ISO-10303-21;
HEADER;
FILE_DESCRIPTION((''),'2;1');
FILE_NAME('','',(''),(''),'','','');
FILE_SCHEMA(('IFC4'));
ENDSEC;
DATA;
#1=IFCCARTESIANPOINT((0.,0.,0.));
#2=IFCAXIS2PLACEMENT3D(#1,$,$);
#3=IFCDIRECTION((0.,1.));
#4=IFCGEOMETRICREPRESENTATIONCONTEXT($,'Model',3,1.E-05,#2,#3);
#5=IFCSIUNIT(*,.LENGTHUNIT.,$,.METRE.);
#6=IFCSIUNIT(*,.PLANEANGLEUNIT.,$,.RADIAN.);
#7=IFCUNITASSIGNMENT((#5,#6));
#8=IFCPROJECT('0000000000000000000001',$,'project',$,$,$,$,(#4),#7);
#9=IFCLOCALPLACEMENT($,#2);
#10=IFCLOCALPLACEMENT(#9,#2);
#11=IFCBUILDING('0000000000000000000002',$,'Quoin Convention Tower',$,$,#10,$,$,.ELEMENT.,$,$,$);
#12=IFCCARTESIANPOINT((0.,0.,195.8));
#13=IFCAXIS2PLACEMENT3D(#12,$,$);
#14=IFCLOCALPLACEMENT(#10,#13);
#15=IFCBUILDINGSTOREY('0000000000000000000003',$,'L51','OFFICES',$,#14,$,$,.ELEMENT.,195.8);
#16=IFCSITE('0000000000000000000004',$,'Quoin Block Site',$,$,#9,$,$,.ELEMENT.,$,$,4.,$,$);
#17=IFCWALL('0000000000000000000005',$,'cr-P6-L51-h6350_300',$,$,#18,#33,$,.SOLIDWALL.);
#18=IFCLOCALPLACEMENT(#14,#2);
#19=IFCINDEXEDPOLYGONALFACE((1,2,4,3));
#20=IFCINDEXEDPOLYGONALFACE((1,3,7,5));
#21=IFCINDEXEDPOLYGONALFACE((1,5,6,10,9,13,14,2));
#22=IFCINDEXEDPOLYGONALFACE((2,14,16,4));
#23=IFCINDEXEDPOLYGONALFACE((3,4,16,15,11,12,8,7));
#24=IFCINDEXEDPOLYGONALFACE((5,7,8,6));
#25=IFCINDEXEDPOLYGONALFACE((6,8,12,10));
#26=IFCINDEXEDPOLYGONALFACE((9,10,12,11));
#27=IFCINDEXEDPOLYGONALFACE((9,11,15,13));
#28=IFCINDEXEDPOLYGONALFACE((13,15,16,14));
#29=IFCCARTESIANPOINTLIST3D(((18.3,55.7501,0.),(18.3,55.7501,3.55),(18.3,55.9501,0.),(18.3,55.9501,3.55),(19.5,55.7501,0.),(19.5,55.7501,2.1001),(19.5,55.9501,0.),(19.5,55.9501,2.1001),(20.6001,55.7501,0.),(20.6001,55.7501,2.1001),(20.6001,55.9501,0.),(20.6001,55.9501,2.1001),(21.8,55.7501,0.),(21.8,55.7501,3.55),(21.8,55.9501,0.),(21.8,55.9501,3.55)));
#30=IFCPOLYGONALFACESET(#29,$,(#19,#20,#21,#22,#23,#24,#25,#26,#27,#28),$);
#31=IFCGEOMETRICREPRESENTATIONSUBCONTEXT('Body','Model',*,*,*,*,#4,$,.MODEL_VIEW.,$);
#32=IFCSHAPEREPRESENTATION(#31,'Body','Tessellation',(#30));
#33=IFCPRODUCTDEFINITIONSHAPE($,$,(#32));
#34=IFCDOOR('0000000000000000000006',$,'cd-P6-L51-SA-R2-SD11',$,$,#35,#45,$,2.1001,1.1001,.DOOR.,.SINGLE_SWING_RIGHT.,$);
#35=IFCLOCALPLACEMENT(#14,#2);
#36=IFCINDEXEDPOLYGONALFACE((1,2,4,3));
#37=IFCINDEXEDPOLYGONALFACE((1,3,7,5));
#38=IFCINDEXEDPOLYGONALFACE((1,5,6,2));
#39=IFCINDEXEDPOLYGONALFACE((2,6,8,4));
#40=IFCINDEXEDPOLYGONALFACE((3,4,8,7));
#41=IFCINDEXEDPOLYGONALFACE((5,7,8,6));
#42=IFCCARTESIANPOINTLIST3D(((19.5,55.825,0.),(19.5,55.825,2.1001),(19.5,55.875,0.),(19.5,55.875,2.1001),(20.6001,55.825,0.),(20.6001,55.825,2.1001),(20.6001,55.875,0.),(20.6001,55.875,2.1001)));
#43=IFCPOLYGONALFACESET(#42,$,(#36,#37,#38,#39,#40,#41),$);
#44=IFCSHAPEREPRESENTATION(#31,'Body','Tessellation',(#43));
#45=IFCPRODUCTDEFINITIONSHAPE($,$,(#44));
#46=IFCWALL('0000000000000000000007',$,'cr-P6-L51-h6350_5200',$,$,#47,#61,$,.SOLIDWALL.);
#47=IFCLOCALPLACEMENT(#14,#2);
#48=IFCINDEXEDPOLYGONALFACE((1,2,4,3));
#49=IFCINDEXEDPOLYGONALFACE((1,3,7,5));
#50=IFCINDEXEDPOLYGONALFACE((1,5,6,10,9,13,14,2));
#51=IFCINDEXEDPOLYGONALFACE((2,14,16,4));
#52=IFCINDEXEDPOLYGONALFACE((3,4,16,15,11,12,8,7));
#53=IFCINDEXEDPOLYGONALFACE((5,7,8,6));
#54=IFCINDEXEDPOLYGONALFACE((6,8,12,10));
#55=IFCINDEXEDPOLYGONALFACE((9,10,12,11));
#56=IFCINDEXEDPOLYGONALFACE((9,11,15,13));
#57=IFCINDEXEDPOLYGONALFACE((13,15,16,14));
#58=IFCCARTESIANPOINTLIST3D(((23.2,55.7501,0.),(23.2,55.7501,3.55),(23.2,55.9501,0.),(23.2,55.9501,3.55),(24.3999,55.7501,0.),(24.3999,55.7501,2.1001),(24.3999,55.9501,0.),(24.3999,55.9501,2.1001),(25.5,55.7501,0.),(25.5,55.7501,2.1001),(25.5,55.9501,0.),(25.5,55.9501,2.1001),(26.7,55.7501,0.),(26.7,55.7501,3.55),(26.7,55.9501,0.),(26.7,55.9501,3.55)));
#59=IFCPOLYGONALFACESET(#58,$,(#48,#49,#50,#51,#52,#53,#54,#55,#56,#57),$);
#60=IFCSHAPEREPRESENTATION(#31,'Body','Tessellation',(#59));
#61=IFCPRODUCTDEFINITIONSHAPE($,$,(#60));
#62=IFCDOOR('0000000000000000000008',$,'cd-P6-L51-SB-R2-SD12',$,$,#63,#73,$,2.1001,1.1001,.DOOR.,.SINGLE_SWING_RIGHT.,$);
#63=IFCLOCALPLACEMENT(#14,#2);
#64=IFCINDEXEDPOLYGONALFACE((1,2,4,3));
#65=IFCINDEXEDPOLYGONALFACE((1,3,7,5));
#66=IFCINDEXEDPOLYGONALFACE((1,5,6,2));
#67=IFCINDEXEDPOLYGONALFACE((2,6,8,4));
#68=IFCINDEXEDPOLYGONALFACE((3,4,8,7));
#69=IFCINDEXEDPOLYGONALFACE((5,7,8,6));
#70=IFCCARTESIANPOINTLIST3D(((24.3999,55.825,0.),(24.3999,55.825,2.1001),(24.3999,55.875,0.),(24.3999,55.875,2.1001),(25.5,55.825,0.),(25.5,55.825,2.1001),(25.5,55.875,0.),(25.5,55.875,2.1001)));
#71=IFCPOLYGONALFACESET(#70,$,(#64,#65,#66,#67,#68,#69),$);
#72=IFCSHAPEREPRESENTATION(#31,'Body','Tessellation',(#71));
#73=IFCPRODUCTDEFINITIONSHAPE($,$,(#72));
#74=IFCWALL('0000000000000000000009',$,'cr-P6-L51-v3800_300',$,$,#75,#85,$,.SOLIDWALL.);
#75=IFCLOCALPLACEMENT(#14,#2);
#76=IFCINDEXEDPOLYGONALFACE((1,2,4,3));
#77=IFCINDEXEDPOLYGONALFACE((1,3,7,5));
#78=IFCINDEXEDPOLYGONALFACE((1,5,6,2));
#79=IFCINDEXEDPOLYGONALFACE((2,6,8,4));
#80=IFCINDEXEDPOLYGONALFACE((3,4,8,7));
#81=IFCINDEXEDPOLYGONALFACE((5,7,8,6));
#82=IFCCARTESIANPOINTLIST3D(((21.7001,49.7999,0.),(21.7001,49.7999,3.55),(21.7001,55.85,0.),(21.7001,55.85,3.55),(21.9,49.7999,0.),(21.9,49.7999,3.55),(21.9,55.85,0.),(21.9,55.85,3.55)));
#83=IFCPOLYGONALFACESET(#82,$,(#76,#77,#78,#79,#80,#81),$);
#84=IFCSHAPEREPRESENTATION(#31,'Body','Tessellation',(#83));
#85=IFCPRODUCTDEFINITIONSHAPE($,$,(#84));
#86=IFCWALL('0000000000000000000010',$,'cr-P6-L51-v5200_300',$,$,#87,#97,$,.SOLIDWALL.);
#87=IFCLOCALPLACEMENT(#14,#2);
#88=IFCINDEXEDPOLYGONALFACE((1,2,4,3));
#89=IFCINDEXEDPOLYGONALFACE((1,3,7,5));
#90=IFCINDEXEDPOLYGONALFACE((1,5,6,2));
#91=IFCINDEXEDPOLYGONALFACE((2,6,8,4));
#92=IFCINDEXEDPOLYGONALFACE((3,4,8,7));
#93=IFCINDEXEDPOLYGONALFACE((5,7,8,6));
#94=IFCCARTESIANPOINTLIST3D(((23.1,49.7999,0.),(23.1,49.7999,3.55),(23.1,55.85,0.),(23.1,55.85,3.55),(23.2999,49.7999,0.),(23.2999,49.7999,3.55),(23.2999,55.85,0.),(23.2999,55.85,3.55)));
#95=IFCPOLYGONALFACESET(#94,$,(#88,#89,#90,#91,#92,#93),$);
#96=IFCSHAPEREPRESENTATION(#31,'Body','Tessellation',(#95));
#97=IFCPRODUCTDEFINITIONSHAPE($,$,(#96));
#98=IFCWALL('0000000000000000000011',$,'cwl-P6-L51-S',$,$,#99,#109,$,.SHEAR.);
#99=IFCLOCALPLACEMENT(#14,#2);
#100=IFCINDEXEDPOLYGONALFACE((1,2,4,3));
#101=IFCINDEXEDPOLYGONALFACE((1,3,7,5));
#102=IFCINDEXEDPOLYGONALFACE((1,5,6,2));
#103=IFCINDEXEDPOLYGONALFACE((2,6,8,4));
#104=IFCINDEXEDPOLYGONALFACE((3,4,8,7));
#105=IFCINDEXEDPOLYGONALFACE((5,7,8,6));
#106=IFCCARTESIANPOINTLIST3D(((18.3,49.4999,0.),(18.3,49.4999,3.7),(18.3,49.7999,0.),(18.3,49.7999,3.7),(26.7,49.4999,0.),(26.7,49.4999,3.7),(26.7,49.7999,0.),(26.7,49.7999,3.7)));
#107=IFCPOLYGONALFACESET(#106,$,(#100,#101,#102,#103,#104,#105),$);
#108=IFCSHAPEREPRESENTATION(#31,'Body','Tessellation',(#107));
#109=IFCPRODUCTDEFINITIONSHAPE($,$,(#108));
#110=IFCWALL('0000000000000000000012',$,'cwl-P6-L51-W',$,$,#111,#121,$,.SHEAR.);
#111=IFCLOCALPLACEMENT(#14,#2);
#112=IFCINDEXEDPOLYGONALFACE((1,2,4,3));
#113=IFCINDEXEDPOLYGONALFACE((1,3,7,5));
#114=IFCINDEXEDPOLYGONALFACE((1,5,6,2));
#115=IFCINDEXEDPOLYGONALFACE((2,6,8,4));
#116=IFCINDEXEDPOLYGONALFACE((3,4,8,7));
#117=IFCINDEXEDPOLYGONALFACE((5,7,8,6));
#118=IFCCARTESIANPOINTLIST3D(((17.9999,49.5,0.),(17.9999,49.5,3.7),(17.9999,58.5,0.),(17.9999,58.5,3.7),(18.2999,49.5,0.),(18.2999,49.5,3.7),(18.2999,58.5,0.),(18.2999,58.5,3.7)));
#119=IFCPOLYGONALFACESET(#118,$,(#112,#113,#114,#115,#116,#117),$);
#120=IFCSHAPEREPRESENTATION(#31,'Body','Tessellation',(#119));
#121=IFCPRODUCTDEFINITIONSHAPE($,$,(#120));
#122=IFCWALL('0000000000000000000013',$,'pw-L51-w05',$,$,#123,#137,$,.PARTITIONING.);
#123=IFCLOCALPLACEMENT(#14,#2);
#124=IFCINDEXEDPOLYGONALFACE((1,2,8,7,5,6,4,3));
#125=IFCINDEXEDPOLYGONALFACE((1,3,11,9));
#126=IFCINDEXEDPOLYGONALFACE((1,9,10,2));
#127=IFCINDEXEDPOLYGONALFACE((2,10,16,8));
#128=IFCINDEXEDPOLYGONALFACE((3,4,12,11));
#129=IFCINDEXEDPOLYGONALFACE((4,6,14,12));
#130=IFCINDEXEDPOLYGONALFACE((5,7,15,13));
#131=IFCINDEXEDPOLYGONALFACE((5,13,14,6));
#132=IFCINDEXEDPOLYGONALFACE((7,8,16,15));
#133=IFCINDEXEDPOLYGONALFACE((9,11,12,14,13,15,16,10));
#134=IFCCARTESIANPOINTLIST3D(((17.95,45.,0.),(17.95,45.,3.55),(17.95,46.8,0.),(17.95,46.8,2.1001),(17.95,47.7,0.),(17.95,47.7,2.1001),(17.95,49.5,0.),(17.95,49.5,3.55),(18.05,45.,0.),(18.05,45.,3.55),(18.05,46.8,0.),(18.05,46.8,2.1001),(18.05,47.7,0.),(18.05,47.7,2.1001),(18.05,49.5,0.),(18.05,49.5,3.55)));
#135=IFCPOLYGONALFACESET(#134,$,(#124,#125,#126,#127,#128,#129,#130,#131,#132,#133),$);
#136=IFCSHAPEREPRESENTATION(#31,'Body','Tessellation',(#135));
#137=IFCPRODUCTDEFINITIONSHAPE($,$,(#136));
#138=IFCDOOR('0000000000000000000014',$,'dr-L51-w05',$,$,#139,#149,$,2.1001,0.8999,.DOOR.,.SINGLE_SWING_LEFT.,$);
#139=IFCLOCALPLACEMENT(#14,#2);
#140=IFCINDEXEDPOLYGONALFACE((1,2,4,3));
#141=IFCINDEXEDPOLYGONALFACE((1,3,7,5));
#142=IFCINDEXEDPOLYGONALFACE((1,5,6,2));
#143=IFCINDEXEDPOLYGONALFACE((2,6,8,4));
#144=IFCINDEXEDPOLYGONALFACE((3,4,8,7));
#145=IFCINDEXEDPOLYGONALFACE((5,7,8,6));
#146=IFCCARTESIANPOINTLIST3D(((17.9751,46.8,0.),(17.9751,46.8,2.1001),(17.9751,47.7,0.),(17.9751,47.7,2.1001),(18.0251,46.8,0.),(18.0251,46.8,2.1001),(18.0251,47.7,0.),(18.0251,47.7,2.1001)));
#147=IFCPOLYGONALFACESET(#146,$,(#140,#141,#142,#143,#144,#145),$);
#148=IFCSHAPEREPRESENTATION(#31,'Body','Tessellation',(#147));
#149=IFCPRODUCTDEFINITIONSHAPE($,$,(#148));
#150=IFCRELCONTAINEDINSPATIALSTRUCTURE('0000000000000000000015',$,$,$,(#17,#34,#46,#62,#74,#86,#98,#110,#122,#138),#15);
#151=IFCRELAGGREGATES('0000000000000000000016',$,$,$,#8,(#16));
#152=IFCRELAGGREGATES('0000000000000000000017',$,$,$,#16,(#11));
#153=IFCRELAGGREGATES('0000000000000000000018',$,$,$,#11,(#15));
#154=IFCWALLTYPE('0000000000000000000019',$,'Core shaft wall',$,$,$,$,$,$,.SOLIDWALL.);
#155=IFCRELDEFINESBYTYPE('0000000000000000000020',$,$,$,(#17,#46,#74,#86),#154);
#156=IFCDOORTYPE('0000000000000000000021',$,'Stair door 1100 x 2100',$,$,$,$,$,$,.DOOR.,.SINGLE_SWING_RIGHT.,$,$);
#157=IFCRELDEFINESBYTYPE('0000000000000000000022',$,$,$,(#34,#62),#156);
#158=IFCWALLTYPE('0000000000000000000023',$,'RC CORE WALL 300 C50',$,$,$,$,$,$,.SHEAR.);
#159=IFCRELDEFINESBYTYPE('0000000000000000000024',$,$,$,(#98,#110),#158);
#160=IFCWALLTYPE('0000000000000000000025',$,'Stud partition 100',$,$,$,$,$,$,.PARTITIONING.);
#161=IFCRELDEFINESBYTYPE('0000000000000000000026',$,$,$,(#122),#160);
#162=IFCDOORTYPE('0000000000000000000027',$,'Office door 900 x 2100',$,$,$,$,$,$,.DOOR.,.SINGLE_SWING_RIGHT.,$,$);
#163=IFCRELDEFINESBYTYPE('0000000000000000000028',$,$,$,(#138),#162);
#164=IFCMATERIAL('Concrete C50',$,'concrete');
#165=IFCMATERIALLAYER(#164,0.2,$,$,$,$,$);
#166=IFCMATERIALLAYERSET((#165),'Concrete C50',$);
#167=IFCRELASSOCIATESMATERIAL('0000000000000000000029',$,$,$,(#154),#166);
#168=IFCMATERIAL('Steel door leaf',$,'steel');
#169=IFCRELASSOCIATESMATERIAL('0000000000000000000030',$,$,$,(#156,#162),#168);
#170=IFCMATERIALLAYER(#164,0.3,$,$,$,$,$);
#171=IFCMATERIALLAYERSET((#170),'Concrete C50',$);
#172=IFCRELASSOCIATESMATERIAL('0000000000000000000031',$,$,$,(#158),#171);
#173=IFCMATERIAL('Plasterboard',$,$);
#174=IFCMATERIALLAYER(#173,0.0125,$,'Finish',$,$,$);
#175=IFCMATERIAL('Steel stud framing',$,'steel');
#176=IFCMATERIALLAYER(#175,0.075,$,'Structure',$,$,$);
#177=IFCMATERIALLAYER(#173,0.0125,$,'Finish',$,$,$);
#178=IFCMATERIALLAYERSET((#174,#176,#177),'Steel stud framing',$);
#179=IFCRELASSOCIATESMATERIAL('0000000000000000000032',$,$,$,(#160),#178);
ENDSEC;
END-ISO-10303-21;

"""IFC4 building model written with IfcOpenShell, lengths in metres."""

from ifc_helpers import new_model, si_unit, direction, frame, frame_2d, origin, place, context, subcontext, project, spatial, rectangle, extrude, material, layer, layer_set, type_object, element, fill, save


model = new_model("IFC4")

# Units and contexts
model_context = context("Model", 3, precision=1e-05, world=origin(), true_north=direction((0.0, 1.0)))
body_context = subcontext(model_context, "Body", "Model", "MODEL_VIEW")
ifc_project = project(units=[si_unit("LENGTHUNIT", "METRE"), si_unit("PLANEANGLEUNIT", "RADIAN")], contexts=[model_context])

# Site, building, storey
site_placement = place(None, origin())
site = spatial("IfcSite", under=ifc_project, at=site_placement, Name="Quoin Block Site", CompositionType="ELEMENT", RefElevation=4.0)
building_placement = place(site_placement, origin())
building = spatial("IfcBuilding", under=site, at=building_placement, Name="Quoin Convention Tower", CompositionType="ELEMENT")
storey_placement = place(building_placement, frame((0.0, 0.0, 195.8)))
storey = spatial("IfcBuildingStorey", under=building, at=storey_placement, Name="L51", Description="OFFICES", CompositionType="ELEMENT", Elevation=195.8)

# Shared definitions
ifc_material_1 = material(Name="Concrete C50", Category="concrete")

# Shared definitions
ifc_layer_1 = layer(ifc_material_1, 0.2)
ifc_layer_set_1 = layer_set([ifc_layer_1], Name="Concrete C50")
wall_type_1 = type_object("IfcWallType", Name="Core shaft wall", PredefinedType="SOLIDWALL", material=ifc_layer_set_1)

# Walls, openings, doors
wall_1_placement = place(storey_placement, frame((18.3, 55.8501, 0.0), z_axis=(0.0, 0.0, 1.0), x_axis=(1.0, 0.0, 0.0)))
wall_1 = element("IfcWall", 1, at=wall_1_placement, inside=storey, type_object=wall_type_1, Name="cr-P6-L51-h6350_300", PredefinedType="SOLIDWALL", context=body_context, shape_type="SweptSolid", body=[
    extrude(rectangle(XDim=3.5, YDim=0.2, at=frame_2d((1.75, 0.0))), origin(), (0.0, 0.0, 1.0), 3.55),
])
opening_1_placement = place(wall_1_placement, frame((1.2, 0.0, 0.0)))
opening_1 = element("IfcOpeningElement", 2, at=opening_1_placement, cuts=wall_1, PredefinedType="OPENING", context=body_context, shape_type="SweptSolid", body=[
    extrude(rectangle(XDim=1.1001, YDim=2.1001, at=frame_2d((0.55, 1.05))), frame((0.0, 0.1099, 0.0), z_axis=(0.0, -1.0, 0.0), x_axis=(1.0, 0.0, 0.0)), (0.0, 0.0, 1.0), 0.22),
])
ifc_material_2 = material(Name="Steel door leaf", Category="steel")
door_type_1 = type_object("IfcDoorType", Name="Stair door 1100 x 2100", OperationType="SINGLE_SWING_RIGHT", PredefinedType="DOOR", material=ifc_material_2)
door_1_placement = place(opening_1_placement, origin())
door_1 = element("IfcDoor", 3, at=door_1_placement, inside=storey, type_object=door_type_1, Name="cd-P6-L51-SA-R2-SD11", OperationType="SINGLE_SWING_RIGHT", OverallHeight=2.1001, OverallWidth=1.1001, PredefinedType="DOOR", context=body_context, shape_type="SweptSolid", body=[
    extrude(rectangle(XDim=1.1001, YDim=2.1001, at=frame_2d((0.55, 1.05))), frame((0.0, 0.0249, 0.0), z_axis=(0.0, -1.0, 0.0), x_axis=(1.0, 0.0, 0.0)), (0.0, 0.0, 1.0), 0.05),
])
fill(opening_1, door_1)
wall_2_placement = place(storey_placement, frame((23.2, 55.8501, 0.0), z_axis=(0.0, 0.0, 1.0), x_axis=(1.0, 0.0, 0.0)))
wall_2 = element("IfcWall", 4, at=wall_2_placement, inside=storey, type_object=wall_type_1, Name="cr-P6-L51-h6350_5200", PredefinedType="SOLIDWALL", context=body_context, shape_type="SweptSolid", body=[
    extrude(rectangle(XDim=3.5, YDim=0.2, at=frame_2d((1.75, 0.0))), origin(), (0.0, 0.0, 1.0), 3.55),
])
opening_2_placement = place(wall_2_placement, frame((1.2, 0.0, 0.0)))
opening_2 = element("IfcOpeningElement", 5, at=opening_2_placement, cuts=wall_2, PredefinedType="OPENING", context=body_context, shape_type="SweptSolid", body=[
    extrude(rectangle(XDim=1.1001, YDim=2.1001, at=frame_2d((0.55, 1.05))), frame((0.0, 0.1099, 0.0), z_axis=(0.0, -1.0, 0.0), x_axis=(1.0, 0.0, 0.0)), (0.0, 0.0, 1.0), 0.22),
])
door_2_placement = place(opening_2_placement, origin())
door_2 = element("IfcDoor", 6, at=door_2_placement, inside=storey, type_object=door_type_1, Name="cd-P6-L51-SB-R2-SD12", OperationType="SINGLE_SWING_RIGHT", OverallHeight=2.1001, OverallWidth=1.1001, PredefinedType="DOOR", context=body_context, shape_type="SweptSolid", body=[
    extrude(rectangle(XDim=1.1001, YDim=2.1001, at=frame_2d((0.55, 1.05))), frame((0.0, 0.0249, 0.0), z_axis=(0.0, -1.0, 0.0), x_axis=(1.0, 0.0, 0.0)), (0.0, 0.0, 1.0), 0.05),
])
fill(opening_2, door_2)

# Walls
for number, where, z_axis, x_axis, name in (
    (7, (21.8, 49.8, 0.0), (0.0, 0.0, 1.0), (0.0, 1.0, 0.0), "cr-P6-L51-v3800_300"),
    (8, (23.2, 49.8, 0.0), (0.0, 0.0, 1.0), (0.0, 1.0, 0.0), "cr-P6-L51-v5200_300"),
):
    element("IfcWall", number, at=place(storey_placement, frame(where, z_axis=z_axis, x_axis=x_axis)), inside=storey, type_object=wall_type_1, Name=name, PredefinedType="SOLIDWALL", context=body_context, shape_type="SweptSolid", body=[
        extrude(rectangle(XDim=6.05, YDim=0.2, at=frame_2d((3.0249, 0.0))), origin(), (0.0, 0.0, 1.0), 3.55),
    ])
ifc_layer_2 = layer(ifc_material_1, 0.3)
ifc_layer_set_2 = layer_set([ifc_layer_2], Name="Concrete C50")
wall_type_2 = type_object("IfcWallType", Name="RC CORE WALL 300 C50", PredefinedType="SHEAR", material=ifc_layer_set_2)
wall_3_placement = place(storey_placement, frame((18.3, 49.6499, 0.0), z_axis=(0.0, 0.0, 1.0), x_axis=(1.0, 0.0, 0.0)))
element("IfcWall", 9, at=wall_3_placement, inside=storey, type_object=wall_type_2, Name="cwl-P6-L51-S", PredefinedType="SHEAR", context=body_context, shape_type="SweptSolid", body=[
    extrude(rectangle(XDim=8.3999, YDim=0.3, at=frame_2d((4.2, 0.0))), origin(), (0.0, 0.0, 1.0), 3.7),
])
wall_4_placement = place(storey_placement, frame((18.1499, 49.5, 0.0), z_axis=(0.0, 0.0, 1.0), x_axis=(0.0, 1.0, 0.0)))
element("IfcWall", 10, at=wall_4_placement, inside=storey, type_object=wall_type_2, Name="cwl-P6-L51-W", PredefinedType="SHEAR", context=body_context, shape_type="SweptSolid", body=[
    extrude(rectangle(XDim=9.0, YDim=0.3, at=frame_2d((4.5, 0.0))), origin(), (0.0, 0.0, 1.0), 3.7),
])

# Wall, opening, door
ifc_material_3 = material(Name="Plasterboard")
ifc_layer_3 = layer(ifc_material_3, 0.0125, Name="Finish")
ifc_material_4 = material(Name="Steel stud framing", Category="steel")
ifc_layer_4 = layer(ifc_material_4, 0.075, Name="Structure")
ifc_layer_5 = layer(ifc_material_3, 0.0125, Name="Finish")
ifc_layer_set_3 = layer_set([ifc_layer_3, ifc_layer_4, ifc_layer_5], Name="Steel stud framing")
wall_type_3 = type_object("IfcWallType", Name="Stud partition 100", PredefinedType="PARTITIONING", material=ifc_layer_set_3)
wall_5_placement = place(storey_placement, frame((18.0, 49.5, 0.0), z_axis=(0.0, 0.0, 1.0), x_axis=(0.0, -1.0, 0.0)))
wall_5 = element("IfcWall", 11, at=wall_5_placement, inside=storey, type_object=wall_type_3, Name="pw-L51-w05", PredefinedType="PARTITIONING", context=body_context, shape_type="SweptSolid", body=[
    extrude(rectangle(XDim=4.5, YDim=0.1001, at=frame_2d((2.25, 0.0))), origin(), (0.0, 0.0, 1.0), 3.55),
])
opening_3_placement = place(wall_5_placement, frame((1.8, 0.0, 0.0)))
opening_3 = element("IfcOpeningElement", 12, at=opening_3_placement, cuts=wall_5, PredefinedType="OPENING", context=body_context, shape_type="SweptSolid", body=[
    extrude(rectangle(XDim=0.8999, YDim=2.1001, at=frame_2d((0.45, 1.05))), frame((0.0, 0.0601, 0.0), z_axis=(0.0, -1.0, 0.0), x_axis=(1.0, 0.0, 0.0)), (0.0, 0.0, 1.0), 0.1201),
])
door_type_2 = type_object("IfcDoorType", Name="Office door 900 x 2100", OperationType="SINGLE_SWING_RIGHT", PredefinedType="DOOR", material=ifc_material_2)
door_3_placement = place(opening_3_placement, frame((0.8999, 0.0, 0.0), z_axis=(0.0, 0.0, 1.0), x_axis=(-1.0, 0.0, 0.0)))
door_3 = element("IfcDoor", 13, at=door_3_placement, inside=storey, type_object=door_type_2, Name="dr-L51-w05", OperationType="SINGLE_SWING_LEFT", OverallHeight=2.1001, OverallWidth=0.8999, PredefinedType="DOOR", context=body_context, shape_type="SweptSolid", body=[
    extrude(rectangle(XDim=0.8999, YDim=2.1001, at=frame_2d((0.45, 1.05))), frame((0.0, 0.0249, 0.0), z_axis=(0.0, -1.0, 0.0), x_axis=(1.0, 0.0, 0.0)), (0.0, 0.0, 1.0), 0.05),
])
fill(opening_3, door_3)

save(model, "model.ifc")
